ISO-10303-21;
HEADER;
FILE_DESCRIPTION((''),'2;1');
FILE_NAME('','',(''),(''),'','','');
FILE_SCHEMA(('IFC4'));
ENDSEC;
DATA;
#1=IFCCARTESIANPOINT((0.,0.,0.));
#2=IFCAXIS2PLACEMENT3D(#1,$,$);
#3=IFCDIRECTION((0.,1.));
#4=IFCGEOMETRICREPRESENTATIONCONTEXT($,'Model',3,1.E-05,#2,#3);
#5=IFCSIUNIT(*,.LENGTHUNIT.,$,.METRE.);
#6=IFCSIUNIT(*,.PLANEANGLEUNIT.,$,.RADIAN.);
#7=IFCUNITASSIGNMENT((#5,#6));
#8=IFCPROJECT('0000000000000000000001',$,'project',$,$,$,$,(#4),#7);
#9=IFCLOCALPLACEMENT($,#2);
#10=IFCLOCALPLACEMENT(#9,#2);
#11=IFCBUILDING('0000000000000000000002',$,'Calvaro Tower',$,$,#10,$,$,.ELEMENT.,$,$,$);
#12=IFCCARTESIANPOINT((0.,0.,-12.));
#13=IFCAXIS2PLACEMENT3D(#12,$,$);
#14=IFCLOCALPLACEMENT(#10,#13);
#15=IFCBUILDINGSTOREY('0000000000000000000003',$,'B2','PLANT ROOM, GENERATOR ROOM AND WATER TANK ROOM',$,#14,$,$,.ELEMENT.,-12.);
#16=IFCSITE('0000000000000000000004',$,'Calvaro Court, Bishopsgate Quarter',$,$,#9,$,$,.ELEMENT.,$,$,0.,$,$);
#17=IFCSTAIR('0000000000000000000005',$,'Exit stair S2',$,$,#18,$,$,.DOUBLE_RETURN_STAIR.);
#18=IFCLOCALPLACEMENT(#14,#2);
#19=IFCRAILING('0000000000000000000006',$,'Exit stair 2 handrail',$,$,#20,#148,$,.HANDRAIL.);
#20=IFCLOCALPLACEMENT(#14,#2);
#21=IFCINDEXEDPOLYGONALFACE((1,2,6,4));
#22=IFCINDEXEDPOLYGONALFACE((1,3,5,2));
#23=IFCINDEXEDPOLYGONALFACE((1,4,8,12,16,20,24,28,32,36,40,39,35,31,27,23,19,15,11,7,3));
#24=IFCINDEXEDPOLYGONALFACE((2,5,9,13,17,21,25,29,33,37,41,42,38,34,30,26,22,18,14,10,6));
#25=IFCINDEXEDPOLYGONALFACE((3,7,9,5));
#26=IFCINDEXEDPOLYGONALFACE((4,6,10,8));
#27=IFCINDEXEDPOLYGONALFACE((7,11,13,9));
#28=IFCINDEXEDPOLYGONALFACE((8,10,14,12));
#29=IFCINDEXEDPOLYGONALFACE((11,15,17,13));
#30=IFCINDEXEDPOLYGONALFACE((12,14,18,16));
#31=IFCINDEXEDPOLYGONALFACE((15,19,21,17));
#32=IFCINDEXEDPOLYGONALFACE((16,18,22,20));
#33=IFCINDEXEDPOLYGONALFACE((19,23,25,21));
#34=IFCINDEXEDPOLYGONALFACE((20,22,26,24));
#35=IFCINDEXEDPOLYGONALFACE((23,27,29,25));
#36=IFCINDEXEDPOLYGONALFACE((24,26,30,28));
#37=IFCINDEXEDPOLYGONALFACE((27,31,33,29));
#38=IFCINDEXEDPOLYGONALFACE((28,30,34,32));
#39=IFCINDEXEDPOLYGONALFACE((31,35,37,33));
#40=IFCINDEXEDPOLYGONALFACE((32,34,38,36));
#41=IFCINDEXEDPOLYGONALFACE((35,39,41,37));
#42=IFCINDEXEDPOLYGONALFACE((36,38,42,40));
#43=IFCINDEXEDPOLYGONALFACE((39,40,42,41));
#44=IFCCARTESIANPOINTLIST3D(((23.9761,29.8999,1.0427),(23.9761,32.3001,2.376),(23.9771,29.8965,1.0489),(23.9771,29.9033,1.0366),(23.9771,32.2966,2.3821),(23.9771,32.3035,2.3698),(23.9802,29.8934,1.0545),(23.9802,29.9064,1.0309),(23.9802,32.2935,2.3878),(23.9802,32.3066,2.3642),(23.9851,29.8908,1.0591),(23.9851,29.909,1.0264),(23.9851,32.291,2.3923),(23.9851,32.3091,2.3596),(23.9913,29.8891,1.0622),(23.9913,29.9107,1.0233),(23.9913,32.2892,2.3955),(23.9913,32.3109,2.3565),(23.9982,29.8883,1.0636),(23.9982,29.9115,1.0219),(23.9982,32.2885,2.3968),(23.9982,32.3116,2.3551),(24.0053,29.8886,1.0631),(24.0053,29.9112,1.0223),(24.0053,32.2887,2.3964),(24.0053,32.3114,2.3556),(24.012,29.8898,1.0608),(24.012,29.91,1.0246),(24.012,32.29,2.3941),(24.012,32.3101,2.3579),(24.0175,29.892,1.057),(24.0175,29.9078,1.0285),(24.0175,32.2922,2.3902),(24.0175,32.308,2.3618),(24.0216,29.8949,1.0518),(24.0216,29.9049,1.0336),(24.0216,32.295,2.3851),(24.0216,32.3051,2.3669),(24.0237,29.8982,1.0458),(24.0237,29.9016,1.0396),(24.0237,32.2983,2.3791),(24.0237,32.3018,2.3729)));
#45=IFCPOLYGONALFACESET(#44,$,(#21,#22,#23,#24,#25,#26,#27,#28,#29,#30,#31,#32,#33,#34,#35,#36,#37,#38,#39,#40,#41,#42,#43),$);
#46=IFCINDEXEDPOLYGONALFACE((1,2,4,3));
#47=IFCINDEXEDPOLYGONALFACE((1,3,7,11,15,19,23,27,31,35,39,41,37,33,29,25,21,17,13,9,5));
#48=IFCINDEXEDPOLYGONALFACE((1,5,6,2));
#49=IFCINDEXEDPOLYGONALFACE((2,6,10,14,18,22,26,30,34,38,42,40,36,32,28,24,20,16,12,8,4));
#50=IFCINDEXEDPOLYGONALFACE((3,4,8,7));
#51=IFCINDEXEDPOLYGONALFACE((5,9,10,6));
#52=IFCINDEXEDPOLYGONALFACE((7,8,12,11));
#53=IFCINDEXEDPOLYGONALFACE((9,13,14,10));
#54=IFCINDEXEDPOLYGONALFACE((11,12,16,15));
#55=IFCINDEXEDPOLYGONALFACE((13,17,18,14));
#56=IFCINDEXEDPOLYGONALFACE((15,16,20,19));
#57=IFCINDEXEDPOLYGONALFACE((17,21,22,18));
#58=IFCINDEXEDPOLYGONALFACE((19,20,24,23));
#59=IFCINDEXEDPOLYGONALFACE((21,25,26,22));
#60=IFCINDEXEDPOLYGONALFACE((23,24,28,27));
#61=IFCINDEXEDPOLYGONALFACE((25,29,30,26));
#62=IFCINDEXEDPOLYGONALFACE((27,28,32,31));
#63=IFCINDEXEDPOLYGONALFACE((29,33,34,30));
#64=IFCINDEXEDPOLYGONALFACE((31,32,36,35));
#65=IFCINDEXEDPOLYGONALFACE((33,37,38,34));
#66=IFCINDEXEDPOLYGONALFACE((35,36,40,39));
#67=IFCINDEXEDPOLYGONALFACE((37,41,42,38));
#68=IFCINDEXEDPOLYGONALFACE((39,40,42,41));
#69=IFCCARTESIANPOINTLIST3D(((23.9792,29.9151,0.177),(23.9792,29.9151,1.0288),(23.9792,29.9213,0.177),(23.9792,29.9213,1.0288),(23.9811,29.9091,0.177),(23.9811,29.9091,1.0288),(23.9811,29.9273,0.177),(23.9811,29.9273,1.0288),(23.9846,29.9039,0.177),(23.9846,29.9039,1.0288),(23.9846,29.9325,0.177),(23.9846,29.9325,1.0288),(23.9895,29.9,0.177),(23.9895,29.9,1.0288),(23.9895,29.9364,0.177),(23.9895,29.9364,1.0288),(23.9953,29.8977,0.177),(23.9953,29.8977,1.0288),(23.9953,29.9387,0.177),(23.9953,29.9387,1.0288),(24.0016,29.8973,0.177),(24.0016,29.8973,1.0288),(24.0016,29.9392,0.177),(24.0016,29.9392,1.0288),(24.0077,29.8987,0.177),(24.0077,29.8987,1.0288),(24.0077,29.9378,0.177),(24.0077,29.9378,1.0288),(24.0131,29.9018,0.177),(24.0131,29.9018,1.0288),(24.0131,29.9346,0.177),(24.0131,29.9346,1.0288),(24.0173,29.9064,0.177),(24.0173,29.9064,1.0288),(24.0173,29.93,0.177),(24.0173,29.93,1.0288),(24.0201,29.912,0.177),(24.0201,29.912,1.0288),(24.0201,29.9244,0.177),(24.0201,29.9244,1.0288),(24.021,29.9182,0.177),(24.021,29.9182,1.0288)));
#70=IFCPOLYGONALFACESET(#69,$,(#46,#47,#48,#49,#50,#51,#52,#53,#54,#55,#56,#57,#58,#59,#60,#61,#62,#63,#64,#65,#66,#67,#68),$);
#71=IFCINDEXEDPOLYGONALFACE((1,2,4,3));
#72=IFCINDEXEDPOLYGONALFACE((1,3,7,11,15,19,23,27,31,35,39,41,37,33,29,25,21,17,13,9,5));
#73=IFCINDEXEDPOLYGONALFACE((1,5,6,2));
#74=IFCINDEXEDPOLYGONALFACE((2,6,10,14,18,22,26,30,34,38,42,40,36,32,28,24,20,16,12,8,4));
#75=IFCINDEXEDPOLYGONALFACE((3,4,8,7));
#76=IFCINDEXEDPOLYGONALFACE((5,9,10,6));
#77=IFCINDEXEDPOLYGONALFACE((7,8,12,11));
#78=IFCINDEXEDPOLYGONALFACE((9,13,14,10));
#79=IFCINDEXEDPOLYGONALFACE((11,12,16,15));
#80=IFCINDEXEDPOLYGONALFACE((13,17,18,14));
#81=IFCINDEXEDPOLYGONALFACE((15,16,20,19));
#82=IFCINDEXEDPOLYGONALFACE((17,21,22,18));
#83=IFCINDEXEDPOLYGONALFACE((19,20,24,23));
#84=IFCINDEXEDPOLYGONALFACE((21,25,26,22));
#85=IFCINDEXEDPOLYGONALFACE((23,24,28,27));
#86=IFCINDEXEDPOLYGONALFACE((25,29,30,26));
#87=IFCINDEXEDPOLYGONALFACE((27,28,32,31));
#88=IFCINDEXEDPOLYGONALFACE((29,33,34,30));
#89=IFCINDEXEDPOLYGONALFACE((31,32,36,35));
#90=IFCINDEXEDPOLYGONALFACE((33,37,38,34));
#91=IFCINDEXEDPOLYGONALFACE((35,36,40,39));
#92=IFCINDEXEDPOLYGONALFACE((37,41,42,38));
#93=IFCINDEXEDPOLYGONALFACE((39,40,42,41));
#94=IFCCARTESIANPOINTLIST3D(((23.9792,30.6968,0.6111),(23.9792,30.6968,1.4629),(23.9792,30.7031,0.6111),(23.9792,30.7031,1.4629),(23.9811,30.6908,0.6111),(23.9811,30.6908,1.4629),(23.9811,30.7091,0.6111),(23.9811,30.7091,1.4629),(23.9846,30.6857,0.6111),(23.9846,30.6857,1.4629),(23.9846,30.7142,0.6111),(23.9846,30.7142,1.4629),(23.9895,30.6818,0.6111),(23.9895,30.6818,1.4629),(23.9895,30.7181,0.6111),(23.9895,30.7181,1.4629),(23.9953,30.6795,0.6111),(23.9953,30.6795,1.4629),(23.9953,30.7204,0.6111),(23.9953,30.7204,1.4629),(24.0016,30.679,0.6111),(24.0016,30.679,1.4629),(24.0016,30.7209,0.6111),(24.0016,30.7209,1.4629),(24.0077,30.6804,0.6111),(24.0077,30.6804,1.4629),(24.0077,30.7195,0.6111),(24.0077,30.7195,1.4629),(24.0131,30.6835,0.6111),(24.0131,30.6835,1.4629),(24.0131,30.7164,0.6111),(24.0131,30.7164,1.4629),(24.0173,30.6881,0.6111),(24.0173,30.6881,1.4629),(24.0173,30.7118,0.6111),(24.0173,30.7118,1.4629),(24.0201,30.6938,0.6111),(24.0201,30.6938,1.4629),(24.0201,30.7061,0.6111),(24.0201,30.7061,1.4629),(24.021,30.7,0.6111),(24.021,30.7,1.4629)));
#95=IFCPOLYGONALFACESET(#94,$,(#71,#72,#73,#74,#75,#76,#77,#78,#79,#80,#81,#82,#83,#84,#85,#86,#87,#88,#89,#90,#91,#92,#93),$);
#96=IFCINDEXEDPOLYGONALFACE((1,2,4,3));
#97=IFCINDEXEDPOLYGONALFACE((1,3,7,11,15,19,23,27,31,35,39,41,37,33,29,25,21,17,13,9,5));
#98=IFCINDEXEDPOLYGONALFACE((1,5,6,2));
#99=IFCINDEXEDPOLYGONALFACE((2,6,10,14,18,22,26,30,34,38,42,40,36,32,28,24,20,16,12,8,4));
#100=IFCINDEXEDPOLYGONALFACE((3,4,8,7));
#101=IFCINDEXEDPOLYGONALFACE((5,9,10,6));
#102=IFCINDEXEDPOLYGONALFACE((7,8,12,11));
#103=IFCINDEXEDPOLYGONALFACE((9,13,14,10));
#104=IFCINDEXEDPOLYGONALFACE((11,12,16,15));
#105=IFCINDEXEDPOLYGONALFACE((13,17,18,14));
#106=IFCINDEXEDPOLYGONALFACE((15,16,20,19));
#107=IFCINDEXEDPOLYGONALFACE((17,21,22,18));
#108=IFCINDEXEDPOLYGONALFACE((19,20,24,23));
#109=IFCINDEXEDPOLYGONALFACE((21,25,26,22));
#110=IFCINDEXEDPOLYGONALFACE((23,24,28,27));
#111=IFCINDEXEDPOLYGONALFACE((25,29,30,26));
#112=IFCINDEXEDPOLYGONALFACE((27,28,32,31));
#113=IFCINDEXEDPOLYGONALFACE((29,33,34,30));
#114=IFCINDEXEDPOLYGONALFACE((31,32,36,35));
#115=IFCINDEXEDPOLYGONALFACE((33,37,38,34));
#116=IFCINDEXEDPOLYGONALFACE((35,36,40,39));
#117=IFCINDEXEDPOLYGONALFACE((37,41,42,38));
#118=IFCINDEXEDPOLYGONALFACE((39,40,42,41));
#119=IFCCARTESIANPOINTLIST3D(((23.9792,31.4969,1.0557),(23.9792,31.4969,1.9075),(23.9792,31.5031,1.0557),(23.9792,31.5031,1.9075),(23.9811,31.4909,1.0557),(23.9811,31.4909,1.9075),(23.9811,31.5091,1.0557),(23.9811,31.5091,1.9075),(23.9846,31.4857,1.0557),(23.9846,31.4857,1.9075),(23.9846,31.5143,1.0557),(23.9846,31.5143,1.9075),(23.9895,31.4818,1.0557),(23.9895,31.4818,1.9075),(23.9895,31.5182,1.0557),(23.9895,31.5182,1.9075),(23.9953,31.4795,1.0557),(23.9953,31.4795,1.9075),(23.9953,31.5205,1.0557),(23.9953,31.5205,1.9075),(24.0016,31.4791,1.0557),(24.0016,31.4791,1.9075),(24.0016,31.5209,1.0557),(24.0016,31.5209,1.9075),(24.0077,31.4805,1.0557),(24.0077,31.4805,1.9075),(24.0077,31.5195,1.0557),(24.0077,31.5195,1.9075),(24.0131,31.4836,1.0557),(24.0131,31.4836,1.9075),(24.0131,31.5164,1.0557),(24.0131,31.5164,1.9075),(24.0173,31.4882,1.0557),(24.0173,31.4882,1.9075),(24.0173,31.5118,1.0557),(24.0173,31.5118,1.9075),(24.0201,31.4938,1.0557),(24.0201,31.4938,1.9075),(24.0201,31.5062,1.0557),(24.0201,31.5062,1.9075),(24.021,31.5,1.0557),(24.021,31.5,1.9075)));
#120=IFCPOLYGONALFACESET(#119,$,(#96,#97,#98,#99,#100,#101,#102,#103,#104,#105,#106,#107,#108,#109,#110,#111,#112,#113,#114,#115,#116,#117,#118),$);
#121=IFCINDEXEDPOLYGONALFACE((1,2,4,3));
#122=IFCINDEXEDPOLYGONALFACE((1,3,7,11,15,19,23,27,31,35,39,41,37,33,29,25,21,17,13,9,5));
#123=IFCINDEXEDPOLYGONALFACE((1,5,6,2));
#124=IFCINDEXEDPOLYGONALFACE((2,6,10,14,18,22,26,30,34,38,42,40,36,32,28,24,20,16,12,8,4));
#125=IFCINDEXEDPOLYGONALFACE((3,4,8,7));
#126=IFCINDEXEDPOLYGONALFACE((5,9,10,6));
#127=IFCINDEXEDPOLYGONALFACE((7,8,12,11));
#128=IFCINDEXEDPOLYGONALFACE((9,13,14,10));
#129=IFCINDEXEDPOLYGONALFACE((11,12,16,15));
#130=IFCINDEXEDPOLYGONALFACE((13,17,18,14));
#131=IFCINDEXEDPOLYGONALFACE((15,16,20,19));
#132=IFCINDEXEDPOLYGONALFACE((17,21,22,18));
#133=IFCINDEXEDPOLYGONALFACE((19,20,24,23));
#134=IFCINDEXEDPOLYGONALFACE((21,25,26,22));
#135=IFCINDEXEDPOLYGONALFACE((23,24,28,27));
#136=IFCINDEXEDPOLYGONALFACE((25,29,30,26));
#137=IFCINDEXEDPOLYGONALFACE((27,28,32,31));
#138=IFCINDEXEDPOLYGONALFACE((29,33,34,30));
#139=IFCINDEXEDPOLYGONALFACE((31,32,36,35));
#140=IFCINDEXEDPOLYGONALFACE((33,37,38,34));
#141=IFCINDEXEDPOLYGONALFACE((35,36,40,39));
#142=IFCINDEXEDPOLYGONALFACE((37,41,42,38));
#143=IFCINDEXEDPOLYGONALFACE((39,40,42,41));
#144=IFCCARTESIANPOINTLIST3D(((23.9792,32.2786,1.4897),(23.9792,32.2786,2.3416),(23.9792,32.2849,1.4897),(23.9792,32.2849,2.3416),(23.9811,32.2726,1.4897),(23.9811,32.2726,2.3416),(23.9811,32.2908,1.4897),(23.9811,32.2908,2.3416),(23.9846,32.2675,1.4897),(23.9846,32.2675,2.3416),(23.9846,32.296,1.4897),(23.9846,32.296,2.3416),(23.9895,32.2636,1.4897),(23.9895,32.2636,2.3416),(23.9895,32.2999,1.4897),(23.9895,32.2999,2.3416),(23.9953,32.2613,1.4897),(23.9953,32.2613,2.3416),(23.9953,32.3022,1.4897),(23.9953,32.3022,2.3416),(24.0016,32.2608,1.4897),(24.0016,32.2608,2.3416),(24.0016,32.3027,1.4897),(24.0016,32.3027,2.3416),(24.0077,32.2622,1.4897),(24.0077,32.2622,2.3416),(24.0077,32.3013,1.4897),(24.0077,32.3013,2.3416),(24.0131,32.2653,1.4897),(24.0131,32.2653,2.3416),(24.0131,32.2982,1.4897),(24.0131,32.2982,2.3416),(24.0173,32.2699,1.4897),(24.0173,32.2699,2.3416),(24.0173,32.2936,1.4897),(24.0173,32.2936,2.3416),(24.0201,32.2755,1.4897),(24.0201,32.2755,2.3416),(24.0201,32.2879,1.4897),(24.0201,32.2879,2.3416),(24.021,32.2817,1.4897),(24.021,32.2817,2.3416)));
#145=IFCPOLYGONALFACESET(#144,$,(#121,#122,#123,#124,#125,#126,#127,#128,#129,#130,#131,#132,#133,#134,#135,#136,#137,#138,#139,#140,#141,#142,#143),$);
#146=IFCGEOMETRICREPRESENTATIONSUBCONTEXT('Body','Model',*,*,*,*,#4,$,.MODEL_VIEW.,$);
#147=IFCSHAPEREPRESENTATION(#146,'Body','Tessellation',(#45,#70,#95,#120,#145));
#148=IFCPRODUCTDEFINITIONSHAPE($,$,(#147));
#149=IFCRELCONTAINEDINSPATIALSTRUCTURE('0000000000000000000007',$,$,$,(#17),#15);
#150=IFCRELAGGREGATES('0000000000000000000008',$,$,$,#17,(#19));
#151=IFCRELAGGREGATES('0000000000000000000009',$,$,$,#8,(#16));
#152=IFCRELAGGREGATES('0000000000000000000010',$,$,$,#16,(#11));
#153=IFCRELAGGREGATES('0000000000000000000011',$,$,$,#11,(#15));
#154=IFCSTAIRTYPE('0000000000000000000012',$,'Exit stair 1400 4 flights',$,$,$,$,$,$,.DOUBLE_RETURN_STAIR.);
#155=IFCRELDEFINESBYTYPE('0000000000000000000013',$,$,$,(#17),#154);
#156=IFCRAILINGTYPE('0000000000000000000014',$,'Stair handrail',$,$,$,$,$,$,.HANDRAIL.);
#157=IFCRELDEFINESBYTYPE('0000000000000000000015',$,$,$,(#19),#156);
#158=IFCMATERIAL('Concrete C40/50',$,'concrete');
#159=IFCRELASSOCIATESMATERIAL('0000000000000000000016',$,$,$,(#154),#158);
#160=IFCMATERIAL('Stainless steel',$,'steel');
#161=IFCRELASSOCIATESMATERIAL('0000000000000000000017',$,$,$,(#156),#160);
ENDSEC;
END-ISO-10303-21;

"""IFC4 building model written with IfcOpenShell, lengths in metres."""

from ifc_helpers import new_model, si_unit, direction, frame, origin, origin_2d, place, context, subcontext, project, spatial, circle, extrude, material, type_object, element, aggregate, save


model = new_model("IFC4")

# Units and contexts
model_context = context("Model", 3, precision=1e-05, world=origin(), true_north=direction((0.0, 1.0)))
body_context = subcontext(model_context, "Body", "Model", "MODEL_VIEW")
ifc_project = project(units=[si_unit("LENGTHUNIT", "METRE"), si_unit("PLANEANGLEUNIT", "RADIAN")], contexts=[model_context])

# Site, building, storey
site_placement = place(None, origin())
site = spatial("IfcSite", under=ifc_project, at=site_placement, Name="Calvaro Court, Bishopsgate Quarter", CompositionType="ELEMENT", RefElevation=0.0)
building_placement = place(site_placement, origin())
building = spatial("IfcBuilding", under=site, at=building_placement, Name="Calvaro Tower", CompositionType="ELEMENT")
storey_placement = place(building_placement, frame((0.0, 0.0, -12.0)))
storey = spatial("IfcBuildingStorey", under=building, at=storey_placement, Name="B2", Description="PLANT ROOM, GENERATOR ROOM AND WATER TANK ROOM", CompositionType="ELEMENT", Elevation=-12.0)

# Stair, railing
ifc_material_1 = material(Name="Concrete C40/50", Category="concrete")
stair_type = type_object("IfcStairType", Name="Exit stair 1400 4 flights", PredefinedType="DOUBLE_RETURN_STAIR", material=ifc_material_1)
ifc_material_2 = material(Name="Stainless steel", Category="steel")
railing_type = type_object("IfcRailingType", Name="Stair handrail", PredefinedType="HANDRAIL", material=ifc_material_2)
stair_1_placement = place(storey_placement, origin())
stair_1 = element("IfcStair", 1, at=stair_1_placement, inside=storey, type_object=stair_type, Name="Exit stair S2", PredefinedType="DOUBLE_RETURN_STAIR")
railing_1_placement = place(storey_placement, frame((24.0, 29.8999, 0.1667)))
railing_1 = element("IfcRailing", 2, at=railing_1_placement, type_object=railing_type, Name="Exit stair 2 handrail", PredefinedType="HANDRAIL", context=body_context, shape_type="SweptSolid", body=[
    extrude(circle(Radius=0.0239, at=origin_2d()), frame((0.0, 0.0, 0.876), z_axis=(0.0, 0.874182, 0.485598), x_axis=(-1.0, 0.0, 0.0)), (0.0, 0.0, 1.0), 2.7456),
    extrude(circle(Radius=0.021, at=origin_2d()), frame((0.0, 0.0183, 0.0103)), (0.0, 0.0, 1.0), 0.8518),
    extrude(circle(Radius=0.021, at=origin_2d()), frame((0.0, 0.8, 0.4443)), (0.0, 0.0, 1.0), 0.8518),
    extrude(circle(Radius=0.021, at=origin_2d()), frame((0.0, 1.6001, 0.8889)), (0.0, 0.0, 1.0), 0.8518),
    extrude(circle(Radius=0.021, at=origin_2d()), frame((0.0, 2.3818, 1.323)), (0.0, 0.0, 1.0), 0.8518),
])
aggregate(stair_1, [railing_1])

save(model, "model.ifc")
